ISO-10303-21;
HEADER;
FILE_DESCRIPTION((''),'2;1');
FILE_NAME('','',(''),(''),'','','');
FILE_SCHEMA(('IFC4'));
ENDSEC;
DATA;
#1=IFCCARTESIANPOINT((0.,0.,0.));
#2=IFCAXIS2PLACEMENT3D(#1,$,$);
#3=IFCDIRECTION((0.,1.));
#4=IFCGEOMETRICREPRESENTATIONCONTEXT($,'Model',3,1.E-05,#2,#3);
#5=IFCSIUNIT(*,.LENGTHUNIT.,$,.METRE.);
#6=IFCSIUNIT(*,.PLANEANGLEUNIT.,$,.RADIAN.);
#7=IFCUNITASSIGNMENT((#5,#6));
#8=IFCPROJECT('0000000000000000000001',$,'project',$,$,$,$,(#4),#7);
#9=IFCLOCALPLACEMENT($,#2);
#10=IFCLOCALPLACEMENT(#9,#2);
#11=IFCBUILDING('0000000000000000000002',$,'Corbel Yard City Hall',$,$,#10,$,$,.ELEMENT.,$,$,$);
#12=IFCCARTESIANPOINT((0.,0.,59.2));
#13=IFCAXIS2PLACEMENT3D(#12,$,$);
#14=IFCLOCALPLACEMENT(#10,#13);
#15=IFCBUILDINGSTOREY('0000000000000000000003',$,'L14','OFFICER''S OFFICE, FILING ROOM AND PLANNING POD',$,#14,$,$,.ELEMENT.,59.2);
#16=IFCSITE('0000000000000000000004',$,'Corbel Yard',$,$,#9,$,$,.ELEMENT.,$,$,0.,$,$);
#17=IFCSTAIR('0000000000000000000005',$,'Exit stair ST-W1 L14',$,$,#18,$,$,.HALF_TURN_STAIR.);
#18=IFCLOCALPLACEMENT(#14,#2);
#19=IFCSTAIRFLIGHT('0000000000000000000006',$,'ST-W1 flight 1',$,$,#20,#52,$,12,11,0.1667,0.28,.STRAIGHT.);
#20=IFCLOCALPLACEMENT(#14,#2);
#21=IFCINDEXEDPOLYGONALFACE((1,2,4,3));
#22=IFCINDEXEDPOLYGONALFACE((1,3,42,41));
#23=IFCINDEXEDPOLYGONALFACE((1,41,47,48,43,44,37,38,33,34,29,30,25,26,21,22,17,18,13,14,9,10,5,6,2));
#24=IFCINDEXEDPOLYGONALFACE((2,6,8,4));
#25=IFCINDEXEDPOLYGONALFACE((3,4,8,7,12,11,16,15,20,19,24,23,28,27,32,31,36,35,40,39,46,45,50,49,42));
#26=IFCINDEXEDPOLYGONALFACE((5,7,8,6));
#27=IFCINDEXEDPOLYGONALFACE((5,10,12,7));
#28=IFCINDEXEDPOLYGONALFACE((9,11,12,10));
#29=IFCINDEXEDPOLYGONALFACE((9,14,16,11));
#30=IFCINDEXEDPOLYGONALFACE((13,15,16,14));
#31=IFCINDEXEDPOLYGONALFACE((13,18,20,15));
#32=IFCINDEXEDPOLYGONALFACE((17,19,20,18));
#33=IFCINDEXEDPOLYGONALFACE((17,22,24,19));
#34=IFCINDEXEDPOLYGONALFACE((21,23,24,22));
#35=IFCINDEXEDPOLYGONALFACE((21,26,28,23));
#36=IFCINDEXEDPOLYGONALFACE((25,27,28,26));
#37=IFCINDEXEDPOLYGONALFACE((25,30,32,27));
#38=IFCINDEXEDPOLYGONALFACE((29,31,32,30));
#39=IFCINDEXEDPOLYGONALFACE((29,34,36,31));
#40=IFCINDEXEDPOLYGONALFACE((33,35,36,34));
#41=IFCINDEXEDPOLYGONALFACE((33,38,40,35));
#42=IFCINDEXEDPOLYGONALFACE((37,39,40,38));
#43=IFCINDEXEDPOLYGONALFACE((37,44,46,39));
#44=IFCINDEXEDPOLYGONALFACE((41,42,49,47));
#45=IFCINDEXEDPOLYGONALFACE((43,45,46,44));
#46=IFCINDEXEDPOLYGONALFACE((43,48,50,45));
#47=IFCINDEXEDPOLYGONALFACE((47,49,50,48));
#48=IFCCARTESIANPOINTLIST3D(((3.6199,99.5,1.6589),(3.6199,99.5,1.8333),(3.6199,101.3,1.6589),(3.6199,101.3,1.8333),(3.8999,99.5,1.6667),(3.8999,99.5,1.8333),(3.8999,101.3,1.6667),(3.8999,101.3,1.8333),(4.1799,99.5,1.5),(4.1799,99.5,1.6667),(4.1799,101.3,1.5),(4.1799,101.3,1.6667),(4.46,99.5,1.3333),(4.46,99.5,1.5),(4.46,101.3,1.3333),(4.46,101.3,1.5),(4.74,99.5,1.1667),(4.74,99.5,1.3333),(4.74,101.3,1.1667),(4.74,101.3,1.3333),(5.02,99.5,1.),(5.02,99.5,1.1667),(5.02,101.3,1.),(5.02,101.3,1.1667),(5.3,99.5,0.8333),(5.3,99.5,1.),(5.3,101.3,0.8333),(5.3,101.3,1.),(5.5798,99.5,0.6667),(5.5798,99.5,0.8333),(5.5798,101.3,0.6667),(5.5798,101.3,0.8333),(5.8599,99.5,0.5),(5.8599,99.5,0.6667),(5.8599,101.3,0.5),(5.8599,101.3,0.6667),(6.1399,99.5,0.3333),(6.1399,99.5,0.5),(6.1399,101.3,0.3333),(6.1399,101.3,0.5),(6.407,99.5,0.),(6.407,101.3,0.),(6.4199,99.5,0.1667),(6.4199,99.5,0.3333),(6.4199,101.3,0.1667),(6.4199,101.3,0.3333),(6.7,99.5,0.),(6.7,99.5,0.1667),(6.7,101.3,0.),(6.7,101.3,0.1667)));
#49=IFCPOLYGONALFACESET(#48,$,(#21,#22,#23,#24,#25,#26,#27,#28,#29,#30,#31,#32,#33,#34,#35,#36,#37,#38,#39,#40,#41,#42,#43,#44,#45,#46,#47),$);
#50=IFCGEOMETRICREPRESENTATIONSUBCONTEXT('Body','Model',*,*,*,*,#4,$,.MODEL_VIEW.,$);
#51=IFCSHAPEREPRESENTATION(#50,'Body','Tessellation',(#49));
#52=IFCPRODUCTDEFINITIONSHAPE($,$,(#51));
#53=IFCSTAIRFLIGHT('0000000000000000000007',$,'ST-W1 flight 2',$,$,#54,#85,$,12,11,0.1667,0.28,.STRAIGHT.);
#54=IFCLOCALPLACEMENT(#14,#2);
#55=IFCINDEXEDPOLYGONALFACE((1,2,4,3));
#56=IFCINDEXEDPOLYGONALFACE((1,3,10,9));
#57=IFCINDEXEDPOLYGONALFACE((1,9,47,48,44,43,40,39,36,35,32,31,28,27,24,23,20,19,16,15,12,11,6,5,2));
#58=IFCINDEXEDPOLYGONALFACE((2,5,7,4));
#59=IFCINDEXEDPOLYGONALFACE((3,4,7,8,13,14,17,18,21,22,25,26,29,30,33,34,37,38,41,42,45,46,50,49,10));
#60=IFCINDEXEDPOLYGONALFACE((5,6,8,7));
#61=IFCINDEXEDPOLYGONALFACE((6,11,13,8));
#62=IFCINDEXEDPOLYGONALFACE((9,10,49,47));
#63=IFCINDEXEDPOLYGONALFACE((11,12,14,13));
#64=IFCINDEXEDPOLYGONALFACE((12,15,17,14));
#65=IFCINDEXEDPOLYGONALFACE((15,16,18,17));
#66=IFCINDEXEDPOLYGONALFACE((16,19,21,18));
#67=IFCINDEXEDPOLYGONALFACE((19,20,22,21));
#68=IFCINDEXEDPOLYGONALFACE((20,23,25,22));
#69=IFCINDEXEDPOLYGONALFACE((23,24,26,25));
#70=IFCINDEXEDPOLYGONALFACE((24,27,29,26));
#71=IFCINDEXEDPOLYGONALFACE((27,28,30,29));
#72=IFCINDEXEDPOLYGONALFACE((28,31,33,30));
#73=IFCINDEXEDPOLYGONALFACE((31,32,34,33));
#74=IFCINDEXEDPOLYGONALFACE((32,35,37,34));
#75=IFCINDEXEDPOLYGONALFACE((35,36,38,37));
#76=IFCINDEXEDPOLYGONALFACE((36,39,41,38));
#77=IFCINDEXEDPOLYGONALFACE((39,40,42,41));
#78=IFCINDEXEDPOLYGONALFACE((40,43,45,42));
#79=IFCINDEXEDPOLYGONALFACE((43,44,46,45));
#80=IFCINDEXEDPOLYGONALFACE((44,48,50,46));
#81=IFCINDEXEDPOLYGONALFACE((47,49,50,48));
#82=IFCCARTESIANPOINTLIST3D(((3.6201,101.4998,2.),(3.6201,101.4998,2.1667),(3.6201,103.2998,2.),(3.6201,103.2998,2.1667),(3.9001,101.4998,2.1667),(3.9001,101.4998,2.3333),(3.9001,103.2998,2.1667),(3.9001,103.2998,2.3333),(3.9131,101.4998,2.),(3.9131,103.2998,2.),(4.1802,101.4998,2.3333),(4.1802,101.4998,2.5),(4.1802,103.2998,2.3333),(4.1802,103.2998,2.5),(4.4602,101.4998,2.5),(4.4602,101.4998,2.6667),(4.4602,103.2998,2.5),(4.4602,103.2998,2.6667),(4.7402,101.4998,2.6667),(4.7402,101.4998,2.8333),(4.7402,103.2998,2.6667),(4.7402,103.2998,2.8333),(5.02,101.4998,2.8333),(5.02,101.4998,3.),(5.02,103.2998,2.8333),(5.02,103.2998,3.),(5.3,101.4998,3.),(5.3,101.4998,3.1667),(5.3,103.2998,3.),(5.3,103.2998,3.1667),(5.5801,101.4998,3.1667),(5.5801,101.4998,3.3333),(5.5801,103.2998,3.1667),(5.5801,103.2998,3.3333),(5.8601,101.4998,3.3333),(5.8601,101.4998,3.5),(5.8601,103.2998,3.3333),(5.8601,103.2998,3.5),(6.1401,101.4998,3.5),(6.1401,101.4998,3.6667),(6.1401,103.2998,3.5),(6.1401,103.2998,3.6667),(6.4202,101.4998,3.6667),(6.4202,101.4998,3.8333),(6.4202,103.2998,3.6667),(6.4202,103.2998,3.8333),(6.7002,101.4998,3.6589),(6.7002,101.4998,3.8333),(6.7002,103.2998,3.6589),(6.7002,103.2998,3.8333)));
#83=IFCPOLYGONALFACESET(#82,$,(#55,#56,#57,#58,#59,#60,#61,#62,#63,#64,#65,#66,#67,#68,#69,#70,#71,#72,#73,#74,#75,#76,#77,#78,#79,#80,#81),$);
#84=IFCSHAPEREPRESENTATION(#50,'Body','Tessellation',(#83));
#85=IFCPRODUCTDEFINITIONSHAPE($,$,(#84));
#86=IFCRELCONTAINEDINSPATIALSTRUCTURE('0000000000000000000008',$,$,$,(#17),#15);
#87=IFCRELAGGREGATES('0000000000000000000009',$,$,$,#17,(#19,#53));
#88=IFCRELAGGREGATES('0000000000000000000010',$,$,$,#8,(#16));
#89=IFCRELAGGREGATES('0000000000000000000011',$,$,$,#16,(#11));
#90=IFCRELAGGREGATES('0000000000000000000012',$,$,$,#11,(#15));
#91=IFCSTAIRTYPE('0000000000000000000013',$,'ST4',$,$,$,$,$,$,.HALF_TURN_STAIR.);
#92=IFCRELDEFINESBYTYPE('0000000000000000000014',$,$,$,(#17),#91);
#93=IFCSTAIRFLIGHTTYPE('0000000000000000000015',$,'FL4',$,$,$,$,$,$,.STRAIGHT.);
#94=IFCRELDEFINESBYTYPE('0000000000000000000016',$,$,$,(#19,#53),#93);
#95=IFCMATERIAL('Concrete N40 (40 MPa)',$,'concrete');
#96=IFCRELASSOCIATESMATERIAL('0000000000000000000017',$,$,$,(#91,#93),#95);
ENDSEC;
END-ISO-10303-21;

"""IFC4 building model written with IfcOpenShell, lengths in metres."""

from ifc_helpers import new_model, si_unit, direction, frame, origin, place, context, subcontext, project, spatial, polyline, outline, extrude, material, type_object, element, aggregate, save


model = new_model("IFC4")

# Units and contexts
model_context = context("Model", 3, precision=1e-05, world=origin(), true_north=direction((0.0, 1.0)))
body_context = subcontext(model_context, "Body", "Model", "MODEL_VIEW")
ifc_project = project(units=[si_unit("LENGTHUNIT", "METRE"), si_unit("PLANEANGLEUNIT", "RADIAN")], contexts=[model_context])

# Site, building, storey
site_placement = place(None, origin())
site = spatial("IfcSite", under=ifc_project, at=site_placement, Name="Corbel Yard", CompositionType="ELEMENT", RefElevation=0.0)
building_placement = place(site_placement, origin())
building = spatial("IfcBuilding", under=site, at=building_placement, Name="Corbel Yard City Hall", CompositionType="ELEMENT")
storey_placement = place(building_placement, frame((0.0, 0.0, 59.2)))
storey = spatial("IfcBuildingStorey", under=building, at=storey_placement, Name="L14", Description="OFFICER'S OFFICE, FILING ROOM AND PLANNING POD", CompositionType="ELEMENT", Elevation=59.2)

# Shared definitions
ifc_material_1 = material(Name="Concrete N40 (40 MPa)", Category="concrete")

# Stair, stair flights
stair_type = type_object("IfcStairType", Name="ST4", PredefinedType="HALF_TURN_STAIR", material=ifc_material_1)
stair_placement = place(storey_placement, origin())
stair = element("IfcStair", 1, at=stair_placement, inside=storey, type_object=stair_type, Name="Exit stair ST-W1 L14", PredefinedType="HALF_TURN_STAIR")
stair_flight_type = type_object("IfcStairFlightType", Name="FL4", PredefinedType="STRAIGHT", material=ifc_material_1)
stair_flight_1_placement = place(storey_placement, frame((6.7, 100.3999, 0.0), z_axis=(0.0, 0.0, 1.0), x_axis=(-1.0, 0.0, 0.0)))
stair_flight_1 = element("IfcStairFlight", 2, at=stair_flight_1_placement, type_object=stair_flight_type, Name="ST-W1 flight 1", NumberOfRisers=12, NumberOfTreads=11, PredefinedType="STRAIGHT", RiserHeight=0.1667, TreadLength=0.28, context=body_context, shape_type="SweptSolid", body=[
    extrude(outline(polyline([(0.0, 0.0), (0.0, 0.1667), (0.28, 0.1667), (0.28, 0.3333), (0.5601, 0.3333), (0.5601, 0.5), (0.8401, 0.5), (0.8401, 0.6667), (1.1201, 0.6667), (1.1201, 0.8333), (1.3999, 0.8333), (1.3999, 1.0), (1.6799, 1.0), (1.6799, 1.1667), (1.96, 1.1667), (1.96, 1.3333), (2.24, 1.3333), (2.24, 1.5), (2.52, 1.5), (2.52, 1.6667), (2.8, 1.6667), (2.8, 1.8333), (3.0801, 1.8333), (3.0801, 2.0), (3.0801, 1.6589), (0.293, 0.0), (0.0, 0.0)])), frame((0.0, 0.8999, 0.0), z_axis=(0.0, -1.0, 0.0), x_axis=(1.0, 0.0, 0.0)), (0.0, 0.0, 1.0), 1.8),
])
stair_flight_2_placement = place(storey_placement, frame((3.6201, 102.3999, 2.0), z_axis=(0.0, 0.0, 1.0), x_axis=(1.0, 0.0, 0.0)))
stair_flight_2 = element("IfcStairFlight", 3, at=stair_flight_2_placement, type_object=stair_flight_type, Name="ST-W1 flight 2", NumberOfRisers=12, NumberOfTreads=11, PredefinedType="STRAIGHT", RiserHeight=0.1667, TreadLength=0.28, context=body_context, shape_type="SweptSolid", body=[
    extrude(outline(polyline([(0.0, 0.0), (0.0, 0.1667), (0.28, 0.1667), (0.28, 0.3333), (0.5601, 0.3333), (0.5601, 0.5), (0.8401, 0.5), (0.8401, 0.6667), (1.1201, 0.6667), (1.1201, 0.8333), (1.3999, 0.8333), (1.3999, 1.0), (1.6799, 1.0), (1.6799, 1.1667), (1.96, 1.1667), (1.96, 1.3333), (2.24, 1.3333), (2.24, 1.5), (2.52, 1.5), (2.52, 1.6667), (2.8, 1.6667), (2.8, 1.8333), (3.0801, 1.8333), (3.0801, 2.0), (3.0801, 1.6589), (0.293, 0.0), (0.0, 0.0)])), frame((0.0, 0.8999, 0.0), z_axis=(0.0, -1.0, 0.0), x_axis=(1.0, 0.0, 0.0)), (0.0, 0.0, 1.0), 1.8),
])
aggregate(stair, [stair_flight_1, stair_flight_2])

save(model, "model.ifc")
